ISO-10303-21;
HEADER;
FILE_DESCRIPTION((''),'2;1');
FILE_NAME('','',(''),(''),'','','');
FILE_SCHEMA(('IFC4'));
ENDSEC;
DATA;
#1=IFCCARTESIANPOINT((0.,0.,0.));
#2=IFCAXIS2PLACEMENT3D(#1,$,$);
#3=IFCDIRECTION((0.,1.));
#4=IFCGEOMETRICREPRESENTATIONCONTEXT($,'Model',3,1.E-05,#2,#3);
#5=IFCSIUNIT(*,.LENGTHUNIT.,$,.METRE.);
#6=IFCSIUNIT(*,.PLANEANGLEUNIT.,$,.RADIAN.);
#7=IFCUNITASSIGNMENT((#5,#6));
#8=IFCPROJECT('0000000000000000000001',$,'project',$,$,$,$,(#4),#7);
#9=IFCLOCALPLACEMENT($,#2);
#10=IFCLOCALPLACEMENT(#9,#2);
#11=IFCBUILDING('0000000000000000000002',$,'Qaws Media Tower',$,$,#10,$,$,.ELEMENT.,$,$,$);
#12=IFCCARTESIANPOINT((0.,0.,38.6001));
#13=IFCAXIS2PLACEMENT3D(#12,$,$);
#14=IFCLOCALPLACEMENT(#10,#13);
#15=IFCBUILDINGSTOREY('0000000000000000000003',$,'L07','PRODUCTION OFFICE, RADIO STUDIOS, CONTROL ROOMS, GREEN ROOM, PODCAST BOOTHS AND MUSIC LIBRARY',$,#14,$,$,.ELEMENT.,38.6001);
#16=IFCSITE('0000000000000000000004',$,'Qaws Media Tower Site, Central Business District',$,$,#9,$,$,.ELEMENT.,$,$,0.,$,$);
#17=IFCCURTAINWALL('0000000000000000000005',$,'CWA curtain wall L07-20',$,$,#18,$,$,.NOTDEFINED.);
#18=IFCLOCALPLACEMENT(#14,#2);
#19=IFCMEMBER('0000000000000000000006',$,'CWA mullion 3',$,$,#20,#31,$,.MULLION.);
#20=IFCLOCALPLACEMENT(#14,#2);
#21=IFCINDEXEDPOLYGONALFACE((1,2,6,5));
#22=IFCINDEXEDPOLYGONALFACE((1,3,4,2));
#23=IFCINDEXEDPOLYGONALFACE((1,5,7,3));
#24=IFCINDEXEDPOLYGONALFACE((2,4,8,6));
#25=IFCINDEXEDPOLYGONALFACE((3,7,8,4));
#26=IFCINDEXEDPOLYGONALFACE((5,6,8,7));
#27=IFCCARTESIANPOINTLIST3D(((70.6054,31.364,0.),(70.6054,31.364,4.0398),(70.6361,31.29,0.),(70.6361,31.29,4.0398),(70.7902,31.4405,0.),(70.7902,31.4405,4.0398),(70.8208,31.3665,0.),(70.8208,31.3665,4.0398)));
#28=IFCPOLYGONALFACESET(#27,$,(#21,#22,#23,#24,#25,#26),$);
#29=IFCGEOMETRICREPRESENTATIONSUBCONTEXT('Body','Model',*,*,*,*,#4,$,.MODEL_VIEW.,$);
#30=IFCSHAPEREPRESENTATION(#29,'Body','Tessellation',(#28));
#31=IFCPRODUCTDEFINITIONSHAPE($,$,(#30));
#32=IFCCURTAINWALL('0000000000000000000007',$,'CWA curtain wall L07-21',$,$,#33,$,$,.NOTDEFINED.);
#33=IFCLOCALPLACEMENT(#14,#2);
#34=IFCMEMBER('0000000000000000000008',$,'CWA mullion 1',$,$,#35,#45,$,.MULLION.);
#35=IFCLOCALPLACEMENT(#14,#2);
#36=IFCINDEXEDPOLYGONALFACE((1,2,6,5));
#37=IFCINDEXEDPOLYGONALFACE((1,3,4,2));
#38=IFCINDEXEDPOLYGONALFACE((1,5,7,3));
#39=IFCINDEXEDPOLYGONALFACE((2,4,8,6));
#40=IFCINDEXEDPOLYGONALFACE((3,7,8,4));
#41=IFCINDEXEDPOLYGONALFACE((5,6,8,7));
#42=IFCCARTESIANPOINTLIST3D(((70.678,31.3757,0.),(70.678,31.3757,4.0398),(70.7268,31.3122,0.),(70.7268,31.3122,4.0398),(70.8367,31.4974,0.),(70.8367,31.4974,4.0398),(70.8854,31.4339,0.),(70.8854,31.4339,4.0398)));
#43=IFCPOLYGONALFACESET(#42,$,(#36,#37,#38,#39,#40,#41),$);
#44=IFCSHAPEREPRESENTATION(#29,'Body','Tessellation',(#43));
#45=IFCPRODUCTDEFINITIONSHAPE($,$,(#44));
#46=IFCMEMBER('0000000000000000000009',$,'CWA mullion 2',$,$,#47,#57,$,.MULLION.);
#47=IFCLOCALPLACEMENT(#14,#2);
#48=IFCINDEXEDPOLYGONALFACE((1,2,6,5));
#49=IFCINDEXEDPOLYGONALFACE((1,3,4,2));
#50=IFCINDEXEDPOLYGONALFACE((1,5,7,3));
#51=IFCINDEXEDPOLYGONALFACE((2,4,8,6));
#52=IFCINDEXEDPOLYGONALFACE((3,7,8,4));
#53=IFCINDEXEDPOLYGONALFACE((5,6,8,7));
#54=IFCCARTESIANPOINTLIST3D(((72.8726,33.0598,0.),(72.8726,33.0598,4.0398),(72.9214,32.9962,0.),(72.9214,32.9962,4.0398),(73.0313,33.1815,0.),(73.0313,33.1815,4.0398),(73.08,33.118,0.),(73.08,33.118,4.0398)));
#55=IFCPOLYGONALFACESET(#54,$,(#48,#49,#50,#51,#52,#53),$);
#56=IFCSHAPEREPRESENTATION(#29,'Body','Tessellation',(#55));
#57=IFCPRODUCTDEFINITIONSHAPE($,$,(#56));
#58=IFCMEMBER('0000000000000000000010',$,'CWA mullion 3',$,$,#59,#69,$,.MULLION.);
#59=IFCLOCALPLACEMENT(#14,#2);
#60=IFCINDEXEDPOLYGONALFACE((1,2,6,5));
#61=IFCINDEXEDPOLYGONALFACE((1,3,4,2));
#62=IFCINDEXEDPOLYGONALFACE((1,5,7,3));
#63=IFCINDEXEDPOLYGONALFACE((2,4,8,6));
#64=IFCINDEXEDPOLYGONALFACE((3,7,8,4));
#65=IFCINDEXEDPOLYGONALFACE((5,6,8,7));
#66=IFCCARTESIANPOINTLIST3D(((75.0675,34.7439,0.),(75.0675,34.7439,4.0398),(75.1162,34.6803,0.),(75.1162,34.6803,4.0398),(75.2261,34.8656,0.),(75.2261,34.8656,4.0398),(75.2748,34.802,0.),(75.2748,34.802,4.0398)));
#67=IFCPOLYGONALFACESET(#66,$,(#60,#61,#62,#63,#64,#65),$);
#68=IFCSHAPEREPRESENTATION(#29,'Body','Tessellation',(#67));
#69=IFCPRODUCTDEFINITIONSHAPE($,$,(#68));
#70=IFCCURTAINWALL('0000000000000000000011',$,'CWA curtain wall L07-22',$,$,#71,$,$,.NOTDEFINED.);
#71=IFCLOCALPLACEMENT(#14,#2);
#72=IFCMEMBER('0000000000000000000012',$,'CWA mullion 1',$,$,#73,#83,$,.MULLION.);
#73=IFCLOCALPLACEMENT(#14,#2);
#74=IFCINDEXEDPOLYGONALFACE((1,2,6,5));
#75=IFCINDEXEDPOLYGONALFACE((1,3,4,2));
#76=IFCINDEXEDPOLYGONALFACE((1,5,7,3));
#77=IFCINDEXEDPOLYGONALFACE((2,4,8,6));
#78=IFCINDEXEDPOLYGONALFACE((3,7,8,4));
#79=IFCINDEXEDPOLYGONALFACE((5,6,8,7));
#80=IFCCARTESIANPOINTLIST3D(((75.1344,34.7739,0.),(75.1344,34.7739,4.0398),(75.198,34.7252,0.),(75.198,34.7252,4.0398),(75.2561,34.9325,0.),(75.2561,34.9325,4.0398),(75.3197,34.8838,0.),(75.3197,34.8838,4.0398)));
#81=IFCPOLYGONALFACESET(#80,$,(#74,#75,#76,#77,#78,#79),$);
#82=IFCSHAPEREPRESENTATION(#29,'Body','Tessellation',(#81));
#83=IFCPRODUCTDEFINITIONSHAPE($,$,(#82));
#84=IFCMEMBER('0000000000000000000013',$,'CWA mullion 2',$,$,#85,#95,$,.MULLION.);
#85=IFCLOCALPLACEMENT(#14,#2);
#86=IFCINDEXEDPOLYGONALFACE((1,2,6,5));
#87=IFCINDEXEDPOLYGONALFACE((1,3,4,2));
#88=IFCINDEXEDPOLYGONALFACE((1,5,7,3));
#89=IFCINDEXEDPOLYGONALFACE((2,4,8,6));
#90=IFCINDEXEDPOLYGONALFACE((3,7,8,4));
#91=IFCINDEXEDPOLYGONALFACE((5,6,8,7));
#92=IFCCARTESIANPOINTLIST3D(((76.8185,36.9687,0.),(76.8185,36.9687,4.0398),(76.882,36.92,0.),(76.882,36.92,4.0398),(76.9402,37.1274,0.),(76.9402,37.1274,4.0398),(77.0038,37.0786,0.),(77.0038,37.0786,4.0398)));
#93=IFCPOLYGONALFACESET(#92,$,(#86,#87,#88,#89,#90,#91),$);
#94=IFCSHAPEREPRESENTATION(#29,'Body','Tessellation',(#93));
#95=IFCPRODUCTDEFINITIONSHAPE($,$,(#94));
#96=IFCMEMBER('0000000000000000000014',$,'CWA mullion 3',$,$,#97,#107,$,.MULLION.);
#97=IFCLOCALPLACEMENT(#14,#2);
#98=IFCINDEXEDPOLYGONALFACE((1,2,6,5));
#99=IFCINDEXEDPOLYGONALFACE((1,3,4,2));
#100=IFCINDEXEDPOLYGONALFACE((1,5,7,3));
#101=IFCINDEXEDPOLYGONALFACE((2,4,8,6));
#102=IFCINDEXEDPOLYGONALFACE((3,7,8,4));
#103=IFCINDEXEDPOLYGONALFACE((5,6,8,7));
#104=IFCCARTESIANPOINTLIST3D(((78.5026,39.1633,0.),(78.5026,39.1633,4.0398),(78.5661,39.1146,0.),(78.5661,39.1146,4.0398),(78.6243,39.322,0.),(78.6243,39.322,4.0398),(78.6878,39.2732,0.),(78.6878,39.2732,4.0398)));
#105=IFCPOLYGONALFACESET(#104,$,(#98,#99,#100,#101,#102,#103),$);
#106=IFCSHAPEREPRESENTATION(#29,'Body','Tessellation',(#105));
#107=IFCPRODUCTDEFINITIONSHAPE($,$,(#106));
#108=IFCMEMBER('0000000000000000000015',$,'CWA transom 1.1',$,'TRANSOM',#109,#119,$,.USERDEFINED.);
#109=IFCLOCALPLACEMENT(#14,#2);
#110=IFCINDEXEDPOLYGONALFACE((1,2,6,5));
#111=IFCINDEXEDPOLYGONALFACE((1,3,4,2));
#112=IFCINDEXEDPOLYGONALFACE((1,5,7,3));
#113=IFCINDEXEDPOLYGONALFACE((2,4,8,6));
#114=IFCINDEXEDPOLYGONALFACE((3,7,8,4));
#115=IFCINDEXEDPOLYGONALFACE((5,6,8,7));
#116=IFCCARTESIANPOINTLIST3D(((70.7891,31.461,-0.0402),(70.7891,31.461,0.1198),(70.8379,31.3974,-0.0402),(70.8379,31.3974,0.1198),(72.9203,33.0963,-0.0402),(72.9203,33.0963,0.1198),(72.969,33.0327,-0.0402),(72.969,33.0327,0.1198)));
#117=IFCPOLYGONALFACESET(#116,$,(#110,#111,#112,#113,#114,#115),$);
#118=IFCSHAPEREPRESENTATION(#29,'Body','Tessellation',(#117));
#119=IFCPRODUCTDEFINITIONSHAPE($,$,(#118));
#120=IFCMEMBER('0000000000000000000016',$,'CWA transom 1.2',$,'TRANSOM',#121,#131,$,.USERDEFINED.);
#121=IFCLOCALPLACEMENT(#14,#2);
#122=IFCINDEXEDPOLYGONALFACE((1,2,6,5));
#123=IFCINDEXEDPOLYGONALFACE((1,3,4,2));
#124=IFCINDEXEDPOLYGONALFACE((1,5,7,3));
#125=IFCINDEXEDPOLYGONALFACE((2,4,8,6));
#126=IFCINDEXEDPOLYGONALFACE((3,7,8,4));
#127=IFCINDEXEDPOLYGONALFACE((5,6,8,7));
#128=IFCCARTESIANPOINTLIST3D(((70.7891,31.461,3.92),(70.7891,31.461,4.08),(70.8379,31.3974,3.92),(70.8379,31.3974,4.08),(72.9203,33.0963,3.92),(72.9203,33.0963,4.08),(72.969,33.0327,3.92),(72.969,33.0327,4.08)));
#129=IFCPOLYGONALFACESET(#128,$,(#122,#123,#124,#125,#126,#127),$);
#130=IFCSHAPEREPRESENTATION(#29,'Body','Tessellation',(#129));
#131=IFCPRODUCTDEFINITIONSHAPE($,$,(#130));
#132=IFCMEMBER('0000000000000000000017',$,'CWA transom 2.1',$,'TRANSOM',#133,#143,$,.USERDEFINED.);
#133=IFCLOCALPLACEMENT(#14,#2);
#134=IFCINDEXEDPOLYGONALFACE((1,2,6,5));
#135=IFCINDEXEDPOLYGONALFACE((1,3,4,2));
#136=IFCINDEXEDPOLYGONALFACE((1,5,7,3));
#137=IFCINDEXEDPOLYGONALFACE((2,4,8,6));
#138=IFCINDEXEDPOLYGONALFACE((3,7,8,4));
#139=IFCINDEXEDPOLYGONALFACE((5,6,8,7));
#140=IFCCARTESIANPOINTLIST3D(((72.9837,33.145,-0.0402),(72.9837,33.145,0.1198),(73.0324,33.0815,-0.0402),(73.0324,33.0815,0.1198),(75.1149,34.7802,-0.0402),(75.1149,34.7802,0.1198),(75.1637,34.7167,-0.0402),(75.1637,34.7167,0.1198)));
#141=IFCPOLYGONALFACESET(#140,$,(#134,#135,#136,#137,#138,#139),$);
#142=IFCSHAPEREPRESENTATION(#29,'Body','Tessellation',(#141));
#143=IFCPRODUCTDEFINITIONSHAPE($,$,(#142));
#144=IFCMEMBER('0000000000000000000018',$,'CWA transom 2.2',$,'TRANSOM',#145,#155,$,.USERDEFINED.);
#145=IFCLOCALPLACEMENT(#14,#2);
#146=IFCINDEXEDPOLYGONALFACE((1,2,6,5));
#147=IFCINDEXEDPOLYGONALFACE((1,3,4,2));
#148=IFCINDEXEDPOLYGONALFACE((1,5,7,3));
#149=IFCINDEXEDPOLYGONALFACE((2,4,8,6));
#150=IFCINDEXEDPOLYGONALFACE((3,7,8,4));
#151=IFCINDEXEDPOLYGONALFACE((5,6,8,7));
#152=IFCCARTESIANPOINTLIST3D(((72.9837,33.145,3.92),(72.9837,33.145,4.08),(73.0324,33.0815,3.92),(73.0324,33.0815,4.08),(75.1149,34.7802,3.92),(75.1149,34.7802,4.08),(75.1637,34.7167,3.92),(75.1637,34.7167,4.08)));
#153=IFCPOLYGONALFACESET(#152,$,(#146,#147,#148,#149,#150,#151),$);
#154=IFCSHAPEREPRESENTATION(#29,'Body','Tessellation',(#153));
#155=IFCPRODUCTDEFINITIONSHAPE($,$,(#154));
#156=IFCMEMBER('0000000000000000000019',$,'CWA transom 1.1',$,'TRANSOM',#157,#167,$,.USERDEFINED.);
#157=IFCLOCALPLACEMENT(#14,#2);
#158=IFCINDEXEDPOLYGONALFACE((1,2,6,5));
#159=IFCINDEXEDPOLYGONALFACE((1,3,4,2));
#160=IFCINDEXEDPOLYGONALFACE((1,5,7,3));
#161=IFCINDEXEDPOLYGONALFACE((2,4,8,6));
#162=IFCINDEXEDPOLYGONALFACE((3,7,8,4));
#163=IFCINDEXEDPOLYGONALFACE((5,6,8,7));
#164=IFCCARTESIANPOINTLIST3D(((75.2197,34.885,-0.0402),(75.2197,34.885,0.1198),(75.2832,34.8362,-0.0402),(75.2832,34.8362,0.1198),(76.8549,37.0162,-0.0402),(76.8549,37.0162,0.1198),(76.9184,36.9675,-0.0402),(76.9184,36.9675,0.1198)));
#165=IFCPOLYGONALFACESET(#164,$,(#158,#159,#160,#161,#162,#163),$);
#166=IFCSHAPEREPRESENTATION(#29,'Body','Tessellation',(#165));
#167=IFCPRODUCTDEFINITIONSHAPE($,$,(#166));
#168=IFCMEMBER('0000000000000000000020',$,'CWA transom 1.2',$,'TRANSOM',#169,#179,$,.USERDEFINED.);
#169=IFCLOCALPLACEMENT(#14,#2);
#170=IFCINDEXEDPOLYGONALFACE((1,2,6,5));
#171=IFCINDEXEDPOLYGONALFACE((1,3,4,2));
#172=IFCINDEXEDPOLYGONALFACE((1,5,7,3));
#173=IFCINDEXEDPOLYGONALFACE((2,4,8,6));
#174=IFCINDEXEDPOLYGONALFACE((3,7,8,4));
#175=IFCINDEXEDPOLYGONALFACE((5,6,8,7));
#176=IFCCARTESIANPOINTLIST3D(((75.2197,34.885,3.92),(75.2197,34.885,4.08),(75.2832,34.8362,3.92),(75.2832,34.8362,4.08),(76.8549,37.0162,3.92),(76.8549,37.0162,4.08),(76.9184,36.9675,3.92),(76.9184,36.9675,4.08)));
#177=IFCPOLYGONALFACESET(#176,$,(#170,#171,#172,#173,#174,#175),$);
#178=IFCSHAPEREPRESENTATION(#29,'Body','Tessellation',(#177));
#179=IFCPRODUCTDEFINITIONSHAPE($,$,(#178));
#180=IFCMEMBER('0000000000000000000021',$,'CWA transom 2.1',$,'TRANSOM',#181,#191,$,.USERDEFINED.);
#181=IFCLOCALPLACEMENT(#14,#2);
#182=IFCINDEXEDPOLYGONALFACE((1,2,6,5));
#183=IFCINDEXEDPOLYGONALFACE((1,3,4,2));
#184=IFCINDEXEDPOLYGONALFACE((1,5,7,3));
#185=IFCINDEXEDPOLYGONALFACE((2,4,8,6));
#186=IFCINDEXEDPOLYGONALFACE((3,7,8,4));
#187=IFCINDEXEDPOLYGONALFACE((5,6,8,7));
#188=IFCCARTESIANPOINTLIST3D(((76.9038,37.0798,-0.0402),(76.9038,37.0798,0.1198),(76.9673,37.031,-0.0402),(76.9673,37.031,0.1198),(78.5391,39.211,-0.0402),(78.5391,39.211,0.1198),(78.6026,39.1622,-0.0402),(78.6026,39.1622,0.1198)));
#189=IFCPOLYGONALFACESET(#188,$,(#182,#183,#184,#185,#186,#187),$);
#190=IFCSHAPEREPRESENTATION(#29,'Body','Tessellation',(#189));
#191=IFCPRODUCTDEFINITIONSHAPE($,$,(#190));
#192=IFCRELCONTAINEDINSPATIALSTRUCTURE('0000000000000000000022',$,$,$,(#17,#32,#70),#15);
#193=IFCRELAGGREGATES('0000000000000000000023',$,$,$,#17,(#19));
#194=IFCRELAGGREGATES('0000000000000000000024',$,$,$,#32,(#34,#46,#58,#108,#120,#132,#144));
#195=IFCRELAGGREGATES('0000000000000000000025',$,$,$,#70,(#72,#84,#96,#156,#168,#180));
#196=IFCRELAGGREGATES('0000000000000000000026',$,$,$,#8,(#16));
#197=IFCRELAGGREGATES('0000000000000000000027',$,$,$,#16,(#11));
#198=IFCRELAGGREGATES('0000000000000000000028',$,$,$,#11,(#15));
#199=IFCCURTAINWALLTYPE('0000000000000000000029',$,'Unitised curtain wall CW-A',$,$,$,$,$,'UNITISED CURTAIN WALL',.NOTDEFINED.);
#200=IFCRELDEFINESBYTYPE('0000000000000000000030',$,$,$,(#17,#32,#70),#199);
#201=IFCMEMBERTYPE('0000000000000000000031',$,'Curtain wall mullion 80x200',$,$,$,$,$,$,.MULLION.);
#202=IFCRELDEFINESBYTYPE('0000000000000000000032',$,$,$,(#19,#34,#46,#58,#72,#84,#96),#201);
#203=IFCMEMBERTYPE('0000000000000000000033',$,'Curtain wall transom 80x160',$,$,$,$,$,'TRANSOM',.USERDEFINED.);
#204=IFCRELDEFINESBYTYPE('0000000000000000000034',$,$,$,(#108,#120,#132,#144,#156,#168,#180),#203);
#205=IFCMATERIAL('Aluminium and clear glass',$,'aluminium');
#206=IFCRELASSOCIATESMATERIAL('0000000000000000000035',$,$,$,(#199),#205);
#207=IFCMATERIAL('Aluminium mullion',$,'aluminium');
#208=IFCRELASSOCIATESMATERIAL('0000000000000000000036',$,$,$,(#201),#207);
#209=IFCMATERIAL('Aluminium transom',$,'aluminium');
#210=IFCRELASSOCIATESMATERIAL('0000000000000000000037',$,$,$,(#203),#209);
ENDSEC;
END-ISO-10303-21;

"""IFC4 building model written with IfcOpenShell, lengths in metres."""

from ifc_helpers import new_model, si_unit, direction, frame, origin, origin_2d, place, context, subcontext, project, spatial, rectangle, extrude, material, material_profile, profile_set, type_object, element, aggregate, save


model = new_model("IFC4")

# Units and contexts
model_context = context("Model", 3, precision=1e-05, world=origin(), true_north=direction((0.0, 1.0)))
body_context = subcontext(model_context, "Body", "Model", "MODEL_VIEW")
ifc_project = project(units=[si_unit("LENGTHUNIT", "METRE"), si_unit("PLANEANGLEUNIT", "RADIAN")], contexts=[model_context])

# Site, building, storey
site_placement = place(None, origin())
site = spatial("IfcSite", under=ifc_project, at=site_placement, Name="Qaws Media Tower Site, Central Business District", CompositionType="ELEMENT", RefElevation=0.0)
building_placement = place(site_placement, origin())
building = spatial("IfcBuilding", under=site, at=building_placement, Name="Qaws Media Tower", CompositionType="ELEMENT")
storey_placement = place(building_placement, frame((0.0, 0.0, 38.6001)))
storey = spatial("IfcBuildingStorey", under=building, at=storey_placement, Name="L07", Description="PRODUCTION OFFICE, RADIO STUDIOS, CONTROL ROOMS, GREEN ROOM, PODCAST BOOTHS AND MUSIC LIBRARY", CompositionType="ELEMENT", Elevation=38.6001)

# Curtain wall, member
ifc_material_1 = material(Name="Aluminium and clear glass", Category="aluminium")
curtain_wall_type = type_object("IfcCurtainWallType", Name="Unitised curtain wall CW-A", ElementType="UNITISED CURTAIN WALL", PredefinedType="NOTDEFINED", material=ifc_material_1)
curtain_wall_1_placement = place(storey_placement, origin())
curtain_wall_1 = element("IfcCurtainWall", 1, at=curtain_wall_1_placement, inside=storey, type_object=curtain_wall_type, Name="CWA curtain wall L07-20", PredefinedType="NOTDEFINED")
ifc_material_2 = material(Name="Aluminium mullion", Category="aluminium")
ifc_material_profile_1 = material_profile(ifc_material_2, rectangle(XDim=0.0801, YDim=0.2, at=origin_2d()), Name="80x200")
ifc_profile_set_1 = profile_set([ifc_material_profile_1], Name="Aluminium mullion")
member_type_1 = type_object("IfcMemberType", Name="Curtain wall mullion 80x200", PredefinedType="MULLION", material=ifc_profile_set_1)
member_1_placement = place(storey_placement, frame((70.7131, 31.3652, 0.0), z_axis=(0.0, 0.0, 1.0), x_axis=(-0.382683, 0.92388, 0.0)))
member_1 = element("IfcMember", 2, at=member_1_placement, type_object=member_type_1, Name="CWA mullion 3", PredefinedType="MULLION", context=body_context, shape_type="SweptSolid", body=[
    extrude(rectangle(XDim=0.0801, YDim=0.2, at=origin_2d()), origin(), (0.0, 0.0, 1.0), 4.0398),
])
aggregate(curtain_wall_1, [member_1])

# Curtain walls, members
curtain_wall_2_placement = place(storey_placement, origin())
curtain_wall_2 = element("IfcCurtainWall", 3, at=curtain_wall_2_placement, inside=storey, type_object=curtain_wall_type, Name="CWA curtain wall L07-21", PredefinedType="NOTDEFINED")
member_2_placement = place(storey_placement, frame((70.7817, 31.4048, 0.0), z_axis=(0.0, 0.0, 1.0), x_axis=(-0.608761, 0.793353, 0.0)))
member_2 = element("IfcMember", 4, at=member_2_placement, type_object=member_type_1, Name="CWA mullion 1", PredefinedType="MULLION", context=body_context, shape_type="SweptSolid", body=[
    extrude(rectangle(XDim=0.0801, YDim=0.2, at=origin_2d()), origin(), (0.0, 0.0, 1.0), 4.0398),
])
member_3_placement = place(storey_placement, frame((72.9763, 33.0889, 0.0), z_axis=(0.0, 0.0, 1.0), x_axis=(-0.608761, 0.793353, 0.0)))
member_3 = element("IfcMember", 5, at=member_3_placement, type_object=member_type_1, Name="CWA mullion 2", PredefinedType="MULLION", context=body_context, shape_type="SweptSolid", body=[
    extrude(rectangle(XDim=0.0801, YDim=0.2, at=origin_2d()), origin(), (0.0, 0.0, 1.0), 4.0398),
])
member_4_placement = place(storey_placement, frame((75.1711, 34.7729, 0.0), z_axis=(0.0, 0.0, 1.0), x_axis=(-0.608761, 0.793353, 0.0)))
member_4 = element("IfcMember", 6, at=member_4_placement, type_object=member_type_1, Name="CWA mullion 3", PredefinedType="MULLION", context=body_context, shape_type="SweptSolid", body=[
    extrude(rectangle(XDim=0.0801, YDim=0.2, at=origin_2d()), origin(), (0.0, 0.0, 1.0), 4.0398),
])
curtain_wall_3_placement = place(storey_placement, origin())
curtain_wall_3 = element("IfcCurtainWall", 7, at=curtain_wall_3_placement, inside=storey, type_object=curtain_wall_type, Name="CWA curtain wall L07-22", PredefinedType="NOTDEFINED")
member_5_placement = place(storey_placement, frame((75.2271, 34.8289, 0.0), z_axis=(0.0, 0.0, 1.0), x_axis=(-0.793353, 0.608761, 0.0)))
member_5 = element("IfcMember", 8, at=member_5_placement, type_object=member_type_1, Name="CWA mullion 1", PredefinedType="MULLION", context=body_context, shape_type="SweptSolid", body=[
    extrude(rectangle(XDim=0.0801, YDim=0.2, at=origin_2d()), origin(), (0.0, 0.0, 1.0), 4.0398),
])
member_6_placement = place(storey_placement, frame((76.9111, 37.0237, 0.0), z_axis=(0.0, 0.0, 1.0), x_axis=(-0.793353, 0.608761, 0.0)))
member_6 = element("IfcMember", 9, at=member_6_placement, type_object=member_type_1, Name="CWA mullion 2", PredefinedType="MULLION", context=body_context, shape_type="SweptSolid", body=[
    extrude(rectangle(XDim=0.0801, YDim=0.2, at=origin_2d()), origin(), (0.0, 0.0, 1.0), 4.0398),
])
member_7_placement = place(storey_placement, frame((78.5952, 39.2183, 0.0), z_axis=(0.0, 0.0, 1.0), x_axis=(-0.793353, 0.608761, 0.0)))
member_7 = element("IfcMember", 10, at=member_7_placement, type_object=member_type_1, Name="CWA mullion 3", PredefinedType="MULLION", context=body_context, shape_type="SweptSolid", body=[
    extrude(rectangle(XDim=0.0801, YDim=0.2, at=origin_2d()), origin(), (0.0, 0.0, 1.0), 4.0398),
])

# Members
ifc_material_3 = material(Name="Aluminium transom", Category="aluminium")
ifc_material_profile_2 = material_profile(ifc_material_3, rectangle(XDim=0.0801, YDim=0.1599, at=origin_2d()), Name="80x160")
ifc_profile_set_2 = profile_set([ifc_material_profile_2], Name="Aluminium transom")
member_type_2 = type_object("IfcMemberType", Name="Curtain wall transom 80x160", ElementType="TRANSOM", PredefinedType="USERDEFINED", material=ifc_profile_set_2)
member_8_placement = place(storey_placement, frame((70.8135, 31.4292, 0.0398), z_axis=(0.793353, 0.608762, 0.0), x_axis=(-0.608762, 0.793353, 0.0)))
member_8 = element("IfcMember", 11, at=member_8_placement, type_object=member_type_2, Name="CWA transom 1.1", ObjectType="TRANSOM", PredefinedType="USERDEFINED", context=body_context, shape_type="SweptSolid", body=[
    extrude(rectangle(XDim=0.0801, YDim=0.1599, at=origin_2d()), origin(), (0.0, 0.0, 1.0), 2.6863),
])
member_9_placement = place(storey_placement, frame((70.8135, 31.4292, 4.0), z_axis=(0.793353, 0.608762, 0.0), x_axis=(-0.608762, 0.793353, 0.0)))
member_9 = element("IfcMember", 12, at=member_9_placement, type_object=member_type_2, Name="CWA transom 1.2", ObjectType="TRANSOM", PredefinedType="USERDEFINED", context=body_context, shape_type="SweptSolid", body=[
    extrude(rectangle(XDim=0.0801, YDim=0.1599, at=origin_2d()), origin(), (0.0, 0.0, 1.0), 2.6863),
])
member_10_placement = place(storey_placement, frame((73.0081, 33.1133, 0.0398), z_axis=(0.793387, 0.608718, 0.0), x_axis=(-0.608718, 0.793387, 0.0)))
member_10 = element("IfcMember", 13, at=member_10_placement, type_object=member_type_2, Name="CWA transom 2.1", ObjectType="TRANSOM", PredefinedType="USERDEFINED", context=body_context, shape_type="SweptSolid", body=[
    extrude(rectangle(XDim=0.0801, YDim=0.1599, at=origin_2d()), origin(), (0.0, 0.0, 1.0), 2.6863),
])
member_11_placement = place(storey_placement, frame((73.0081, 33.1133, 4.0), z_axis=(0.793387, 0.608718, 0.0), x_axis=(-0.608718, 0.793387, 0.0)))
member_11 = element("IfcMember", 14, at=member_11_placement, type_object=member_type_2, Name="CWA transom 2.2", ObjectType="TRANSOM", PredefinedType="USERDEFINED", context=body_context, shape_type="SweptSolid", body=[
    extrude(rectangle(XDim=0.0801, YDim=0.1599, at=origin_2d()), origin(), (0.0, 0.0, 1.0), 2.6863),
])
member_12_placement = place(storey_placement, frame((75.2515, 34.8606, 0.0398), z_axis=(0.608718, 0.793387, 0.0), x_axis=(-0.793387, 0.608718, 0.0)))
member_12 = element("IfcMember", 15, at=member_12_placement, type_object=member_type_2, Name="CWA transom 1.1", ObjectType="TRANSOM", PredefinedType="USERDEFINED", context=body_context, shape_type="SweptSolid", body=[
    extrude(rectangle(XDim=0.0801, YDim=0.1599, at=origin_2d()), origin(), (0.0, 0.0, 1.0), 2.6863),
])
member_13_placement = place(storey_placement, frame((75.2515, 34.8606, 4.0), z_axis=(0.608718, 0.793387, 0.0), x_axis=(-0.793387, 0.608718, 0.0)))
member_13 = element("IfcMember", 16, at=member_13_placement, type_object=member_type_2, Name="CWA transom 1.2", ObjectType="TRANSOM", PredefinedType="USERDEFINED", context=body_context, shape_type="SweptSolid", body=[
    extrude(rectangle(XDim=0.0801, YDim=0.1599, at=origin_2d()), origin(), (0.0, 0.0, 1.0), 2.6863),
])
member_14_placement = place(storey_placement, frame((76.9355, 37.0554, 0.0398), z_axis=(0.608762, 0.793353, 0.0), x_axis=(-0.793353, 0.608762, 0.0)))
member_14 = element("IfcMember", 17, at=member_14_placement, type_object=member_type_2, Name="CWA transom 2.1", ObjectType="TRANSOM", PredefinedType="USERDEFINED", context=body_context, shape_type="SweptSolid", body=[
    extrude(rectangle(XDim=0.0801, YDim=0.1599, at=origin_2d()), origin(), (0.0, 0.0, 1.0), 2.6863),
])

aggregate(curtain_wall_2, [member_2, member_3, member_4, member_8, member_9, member_10, member_11])
aggregate(curtain_wall_3, [member_5, member_6, member_7, member_12, member_13, member_14])

save(model, "model.ifc")
